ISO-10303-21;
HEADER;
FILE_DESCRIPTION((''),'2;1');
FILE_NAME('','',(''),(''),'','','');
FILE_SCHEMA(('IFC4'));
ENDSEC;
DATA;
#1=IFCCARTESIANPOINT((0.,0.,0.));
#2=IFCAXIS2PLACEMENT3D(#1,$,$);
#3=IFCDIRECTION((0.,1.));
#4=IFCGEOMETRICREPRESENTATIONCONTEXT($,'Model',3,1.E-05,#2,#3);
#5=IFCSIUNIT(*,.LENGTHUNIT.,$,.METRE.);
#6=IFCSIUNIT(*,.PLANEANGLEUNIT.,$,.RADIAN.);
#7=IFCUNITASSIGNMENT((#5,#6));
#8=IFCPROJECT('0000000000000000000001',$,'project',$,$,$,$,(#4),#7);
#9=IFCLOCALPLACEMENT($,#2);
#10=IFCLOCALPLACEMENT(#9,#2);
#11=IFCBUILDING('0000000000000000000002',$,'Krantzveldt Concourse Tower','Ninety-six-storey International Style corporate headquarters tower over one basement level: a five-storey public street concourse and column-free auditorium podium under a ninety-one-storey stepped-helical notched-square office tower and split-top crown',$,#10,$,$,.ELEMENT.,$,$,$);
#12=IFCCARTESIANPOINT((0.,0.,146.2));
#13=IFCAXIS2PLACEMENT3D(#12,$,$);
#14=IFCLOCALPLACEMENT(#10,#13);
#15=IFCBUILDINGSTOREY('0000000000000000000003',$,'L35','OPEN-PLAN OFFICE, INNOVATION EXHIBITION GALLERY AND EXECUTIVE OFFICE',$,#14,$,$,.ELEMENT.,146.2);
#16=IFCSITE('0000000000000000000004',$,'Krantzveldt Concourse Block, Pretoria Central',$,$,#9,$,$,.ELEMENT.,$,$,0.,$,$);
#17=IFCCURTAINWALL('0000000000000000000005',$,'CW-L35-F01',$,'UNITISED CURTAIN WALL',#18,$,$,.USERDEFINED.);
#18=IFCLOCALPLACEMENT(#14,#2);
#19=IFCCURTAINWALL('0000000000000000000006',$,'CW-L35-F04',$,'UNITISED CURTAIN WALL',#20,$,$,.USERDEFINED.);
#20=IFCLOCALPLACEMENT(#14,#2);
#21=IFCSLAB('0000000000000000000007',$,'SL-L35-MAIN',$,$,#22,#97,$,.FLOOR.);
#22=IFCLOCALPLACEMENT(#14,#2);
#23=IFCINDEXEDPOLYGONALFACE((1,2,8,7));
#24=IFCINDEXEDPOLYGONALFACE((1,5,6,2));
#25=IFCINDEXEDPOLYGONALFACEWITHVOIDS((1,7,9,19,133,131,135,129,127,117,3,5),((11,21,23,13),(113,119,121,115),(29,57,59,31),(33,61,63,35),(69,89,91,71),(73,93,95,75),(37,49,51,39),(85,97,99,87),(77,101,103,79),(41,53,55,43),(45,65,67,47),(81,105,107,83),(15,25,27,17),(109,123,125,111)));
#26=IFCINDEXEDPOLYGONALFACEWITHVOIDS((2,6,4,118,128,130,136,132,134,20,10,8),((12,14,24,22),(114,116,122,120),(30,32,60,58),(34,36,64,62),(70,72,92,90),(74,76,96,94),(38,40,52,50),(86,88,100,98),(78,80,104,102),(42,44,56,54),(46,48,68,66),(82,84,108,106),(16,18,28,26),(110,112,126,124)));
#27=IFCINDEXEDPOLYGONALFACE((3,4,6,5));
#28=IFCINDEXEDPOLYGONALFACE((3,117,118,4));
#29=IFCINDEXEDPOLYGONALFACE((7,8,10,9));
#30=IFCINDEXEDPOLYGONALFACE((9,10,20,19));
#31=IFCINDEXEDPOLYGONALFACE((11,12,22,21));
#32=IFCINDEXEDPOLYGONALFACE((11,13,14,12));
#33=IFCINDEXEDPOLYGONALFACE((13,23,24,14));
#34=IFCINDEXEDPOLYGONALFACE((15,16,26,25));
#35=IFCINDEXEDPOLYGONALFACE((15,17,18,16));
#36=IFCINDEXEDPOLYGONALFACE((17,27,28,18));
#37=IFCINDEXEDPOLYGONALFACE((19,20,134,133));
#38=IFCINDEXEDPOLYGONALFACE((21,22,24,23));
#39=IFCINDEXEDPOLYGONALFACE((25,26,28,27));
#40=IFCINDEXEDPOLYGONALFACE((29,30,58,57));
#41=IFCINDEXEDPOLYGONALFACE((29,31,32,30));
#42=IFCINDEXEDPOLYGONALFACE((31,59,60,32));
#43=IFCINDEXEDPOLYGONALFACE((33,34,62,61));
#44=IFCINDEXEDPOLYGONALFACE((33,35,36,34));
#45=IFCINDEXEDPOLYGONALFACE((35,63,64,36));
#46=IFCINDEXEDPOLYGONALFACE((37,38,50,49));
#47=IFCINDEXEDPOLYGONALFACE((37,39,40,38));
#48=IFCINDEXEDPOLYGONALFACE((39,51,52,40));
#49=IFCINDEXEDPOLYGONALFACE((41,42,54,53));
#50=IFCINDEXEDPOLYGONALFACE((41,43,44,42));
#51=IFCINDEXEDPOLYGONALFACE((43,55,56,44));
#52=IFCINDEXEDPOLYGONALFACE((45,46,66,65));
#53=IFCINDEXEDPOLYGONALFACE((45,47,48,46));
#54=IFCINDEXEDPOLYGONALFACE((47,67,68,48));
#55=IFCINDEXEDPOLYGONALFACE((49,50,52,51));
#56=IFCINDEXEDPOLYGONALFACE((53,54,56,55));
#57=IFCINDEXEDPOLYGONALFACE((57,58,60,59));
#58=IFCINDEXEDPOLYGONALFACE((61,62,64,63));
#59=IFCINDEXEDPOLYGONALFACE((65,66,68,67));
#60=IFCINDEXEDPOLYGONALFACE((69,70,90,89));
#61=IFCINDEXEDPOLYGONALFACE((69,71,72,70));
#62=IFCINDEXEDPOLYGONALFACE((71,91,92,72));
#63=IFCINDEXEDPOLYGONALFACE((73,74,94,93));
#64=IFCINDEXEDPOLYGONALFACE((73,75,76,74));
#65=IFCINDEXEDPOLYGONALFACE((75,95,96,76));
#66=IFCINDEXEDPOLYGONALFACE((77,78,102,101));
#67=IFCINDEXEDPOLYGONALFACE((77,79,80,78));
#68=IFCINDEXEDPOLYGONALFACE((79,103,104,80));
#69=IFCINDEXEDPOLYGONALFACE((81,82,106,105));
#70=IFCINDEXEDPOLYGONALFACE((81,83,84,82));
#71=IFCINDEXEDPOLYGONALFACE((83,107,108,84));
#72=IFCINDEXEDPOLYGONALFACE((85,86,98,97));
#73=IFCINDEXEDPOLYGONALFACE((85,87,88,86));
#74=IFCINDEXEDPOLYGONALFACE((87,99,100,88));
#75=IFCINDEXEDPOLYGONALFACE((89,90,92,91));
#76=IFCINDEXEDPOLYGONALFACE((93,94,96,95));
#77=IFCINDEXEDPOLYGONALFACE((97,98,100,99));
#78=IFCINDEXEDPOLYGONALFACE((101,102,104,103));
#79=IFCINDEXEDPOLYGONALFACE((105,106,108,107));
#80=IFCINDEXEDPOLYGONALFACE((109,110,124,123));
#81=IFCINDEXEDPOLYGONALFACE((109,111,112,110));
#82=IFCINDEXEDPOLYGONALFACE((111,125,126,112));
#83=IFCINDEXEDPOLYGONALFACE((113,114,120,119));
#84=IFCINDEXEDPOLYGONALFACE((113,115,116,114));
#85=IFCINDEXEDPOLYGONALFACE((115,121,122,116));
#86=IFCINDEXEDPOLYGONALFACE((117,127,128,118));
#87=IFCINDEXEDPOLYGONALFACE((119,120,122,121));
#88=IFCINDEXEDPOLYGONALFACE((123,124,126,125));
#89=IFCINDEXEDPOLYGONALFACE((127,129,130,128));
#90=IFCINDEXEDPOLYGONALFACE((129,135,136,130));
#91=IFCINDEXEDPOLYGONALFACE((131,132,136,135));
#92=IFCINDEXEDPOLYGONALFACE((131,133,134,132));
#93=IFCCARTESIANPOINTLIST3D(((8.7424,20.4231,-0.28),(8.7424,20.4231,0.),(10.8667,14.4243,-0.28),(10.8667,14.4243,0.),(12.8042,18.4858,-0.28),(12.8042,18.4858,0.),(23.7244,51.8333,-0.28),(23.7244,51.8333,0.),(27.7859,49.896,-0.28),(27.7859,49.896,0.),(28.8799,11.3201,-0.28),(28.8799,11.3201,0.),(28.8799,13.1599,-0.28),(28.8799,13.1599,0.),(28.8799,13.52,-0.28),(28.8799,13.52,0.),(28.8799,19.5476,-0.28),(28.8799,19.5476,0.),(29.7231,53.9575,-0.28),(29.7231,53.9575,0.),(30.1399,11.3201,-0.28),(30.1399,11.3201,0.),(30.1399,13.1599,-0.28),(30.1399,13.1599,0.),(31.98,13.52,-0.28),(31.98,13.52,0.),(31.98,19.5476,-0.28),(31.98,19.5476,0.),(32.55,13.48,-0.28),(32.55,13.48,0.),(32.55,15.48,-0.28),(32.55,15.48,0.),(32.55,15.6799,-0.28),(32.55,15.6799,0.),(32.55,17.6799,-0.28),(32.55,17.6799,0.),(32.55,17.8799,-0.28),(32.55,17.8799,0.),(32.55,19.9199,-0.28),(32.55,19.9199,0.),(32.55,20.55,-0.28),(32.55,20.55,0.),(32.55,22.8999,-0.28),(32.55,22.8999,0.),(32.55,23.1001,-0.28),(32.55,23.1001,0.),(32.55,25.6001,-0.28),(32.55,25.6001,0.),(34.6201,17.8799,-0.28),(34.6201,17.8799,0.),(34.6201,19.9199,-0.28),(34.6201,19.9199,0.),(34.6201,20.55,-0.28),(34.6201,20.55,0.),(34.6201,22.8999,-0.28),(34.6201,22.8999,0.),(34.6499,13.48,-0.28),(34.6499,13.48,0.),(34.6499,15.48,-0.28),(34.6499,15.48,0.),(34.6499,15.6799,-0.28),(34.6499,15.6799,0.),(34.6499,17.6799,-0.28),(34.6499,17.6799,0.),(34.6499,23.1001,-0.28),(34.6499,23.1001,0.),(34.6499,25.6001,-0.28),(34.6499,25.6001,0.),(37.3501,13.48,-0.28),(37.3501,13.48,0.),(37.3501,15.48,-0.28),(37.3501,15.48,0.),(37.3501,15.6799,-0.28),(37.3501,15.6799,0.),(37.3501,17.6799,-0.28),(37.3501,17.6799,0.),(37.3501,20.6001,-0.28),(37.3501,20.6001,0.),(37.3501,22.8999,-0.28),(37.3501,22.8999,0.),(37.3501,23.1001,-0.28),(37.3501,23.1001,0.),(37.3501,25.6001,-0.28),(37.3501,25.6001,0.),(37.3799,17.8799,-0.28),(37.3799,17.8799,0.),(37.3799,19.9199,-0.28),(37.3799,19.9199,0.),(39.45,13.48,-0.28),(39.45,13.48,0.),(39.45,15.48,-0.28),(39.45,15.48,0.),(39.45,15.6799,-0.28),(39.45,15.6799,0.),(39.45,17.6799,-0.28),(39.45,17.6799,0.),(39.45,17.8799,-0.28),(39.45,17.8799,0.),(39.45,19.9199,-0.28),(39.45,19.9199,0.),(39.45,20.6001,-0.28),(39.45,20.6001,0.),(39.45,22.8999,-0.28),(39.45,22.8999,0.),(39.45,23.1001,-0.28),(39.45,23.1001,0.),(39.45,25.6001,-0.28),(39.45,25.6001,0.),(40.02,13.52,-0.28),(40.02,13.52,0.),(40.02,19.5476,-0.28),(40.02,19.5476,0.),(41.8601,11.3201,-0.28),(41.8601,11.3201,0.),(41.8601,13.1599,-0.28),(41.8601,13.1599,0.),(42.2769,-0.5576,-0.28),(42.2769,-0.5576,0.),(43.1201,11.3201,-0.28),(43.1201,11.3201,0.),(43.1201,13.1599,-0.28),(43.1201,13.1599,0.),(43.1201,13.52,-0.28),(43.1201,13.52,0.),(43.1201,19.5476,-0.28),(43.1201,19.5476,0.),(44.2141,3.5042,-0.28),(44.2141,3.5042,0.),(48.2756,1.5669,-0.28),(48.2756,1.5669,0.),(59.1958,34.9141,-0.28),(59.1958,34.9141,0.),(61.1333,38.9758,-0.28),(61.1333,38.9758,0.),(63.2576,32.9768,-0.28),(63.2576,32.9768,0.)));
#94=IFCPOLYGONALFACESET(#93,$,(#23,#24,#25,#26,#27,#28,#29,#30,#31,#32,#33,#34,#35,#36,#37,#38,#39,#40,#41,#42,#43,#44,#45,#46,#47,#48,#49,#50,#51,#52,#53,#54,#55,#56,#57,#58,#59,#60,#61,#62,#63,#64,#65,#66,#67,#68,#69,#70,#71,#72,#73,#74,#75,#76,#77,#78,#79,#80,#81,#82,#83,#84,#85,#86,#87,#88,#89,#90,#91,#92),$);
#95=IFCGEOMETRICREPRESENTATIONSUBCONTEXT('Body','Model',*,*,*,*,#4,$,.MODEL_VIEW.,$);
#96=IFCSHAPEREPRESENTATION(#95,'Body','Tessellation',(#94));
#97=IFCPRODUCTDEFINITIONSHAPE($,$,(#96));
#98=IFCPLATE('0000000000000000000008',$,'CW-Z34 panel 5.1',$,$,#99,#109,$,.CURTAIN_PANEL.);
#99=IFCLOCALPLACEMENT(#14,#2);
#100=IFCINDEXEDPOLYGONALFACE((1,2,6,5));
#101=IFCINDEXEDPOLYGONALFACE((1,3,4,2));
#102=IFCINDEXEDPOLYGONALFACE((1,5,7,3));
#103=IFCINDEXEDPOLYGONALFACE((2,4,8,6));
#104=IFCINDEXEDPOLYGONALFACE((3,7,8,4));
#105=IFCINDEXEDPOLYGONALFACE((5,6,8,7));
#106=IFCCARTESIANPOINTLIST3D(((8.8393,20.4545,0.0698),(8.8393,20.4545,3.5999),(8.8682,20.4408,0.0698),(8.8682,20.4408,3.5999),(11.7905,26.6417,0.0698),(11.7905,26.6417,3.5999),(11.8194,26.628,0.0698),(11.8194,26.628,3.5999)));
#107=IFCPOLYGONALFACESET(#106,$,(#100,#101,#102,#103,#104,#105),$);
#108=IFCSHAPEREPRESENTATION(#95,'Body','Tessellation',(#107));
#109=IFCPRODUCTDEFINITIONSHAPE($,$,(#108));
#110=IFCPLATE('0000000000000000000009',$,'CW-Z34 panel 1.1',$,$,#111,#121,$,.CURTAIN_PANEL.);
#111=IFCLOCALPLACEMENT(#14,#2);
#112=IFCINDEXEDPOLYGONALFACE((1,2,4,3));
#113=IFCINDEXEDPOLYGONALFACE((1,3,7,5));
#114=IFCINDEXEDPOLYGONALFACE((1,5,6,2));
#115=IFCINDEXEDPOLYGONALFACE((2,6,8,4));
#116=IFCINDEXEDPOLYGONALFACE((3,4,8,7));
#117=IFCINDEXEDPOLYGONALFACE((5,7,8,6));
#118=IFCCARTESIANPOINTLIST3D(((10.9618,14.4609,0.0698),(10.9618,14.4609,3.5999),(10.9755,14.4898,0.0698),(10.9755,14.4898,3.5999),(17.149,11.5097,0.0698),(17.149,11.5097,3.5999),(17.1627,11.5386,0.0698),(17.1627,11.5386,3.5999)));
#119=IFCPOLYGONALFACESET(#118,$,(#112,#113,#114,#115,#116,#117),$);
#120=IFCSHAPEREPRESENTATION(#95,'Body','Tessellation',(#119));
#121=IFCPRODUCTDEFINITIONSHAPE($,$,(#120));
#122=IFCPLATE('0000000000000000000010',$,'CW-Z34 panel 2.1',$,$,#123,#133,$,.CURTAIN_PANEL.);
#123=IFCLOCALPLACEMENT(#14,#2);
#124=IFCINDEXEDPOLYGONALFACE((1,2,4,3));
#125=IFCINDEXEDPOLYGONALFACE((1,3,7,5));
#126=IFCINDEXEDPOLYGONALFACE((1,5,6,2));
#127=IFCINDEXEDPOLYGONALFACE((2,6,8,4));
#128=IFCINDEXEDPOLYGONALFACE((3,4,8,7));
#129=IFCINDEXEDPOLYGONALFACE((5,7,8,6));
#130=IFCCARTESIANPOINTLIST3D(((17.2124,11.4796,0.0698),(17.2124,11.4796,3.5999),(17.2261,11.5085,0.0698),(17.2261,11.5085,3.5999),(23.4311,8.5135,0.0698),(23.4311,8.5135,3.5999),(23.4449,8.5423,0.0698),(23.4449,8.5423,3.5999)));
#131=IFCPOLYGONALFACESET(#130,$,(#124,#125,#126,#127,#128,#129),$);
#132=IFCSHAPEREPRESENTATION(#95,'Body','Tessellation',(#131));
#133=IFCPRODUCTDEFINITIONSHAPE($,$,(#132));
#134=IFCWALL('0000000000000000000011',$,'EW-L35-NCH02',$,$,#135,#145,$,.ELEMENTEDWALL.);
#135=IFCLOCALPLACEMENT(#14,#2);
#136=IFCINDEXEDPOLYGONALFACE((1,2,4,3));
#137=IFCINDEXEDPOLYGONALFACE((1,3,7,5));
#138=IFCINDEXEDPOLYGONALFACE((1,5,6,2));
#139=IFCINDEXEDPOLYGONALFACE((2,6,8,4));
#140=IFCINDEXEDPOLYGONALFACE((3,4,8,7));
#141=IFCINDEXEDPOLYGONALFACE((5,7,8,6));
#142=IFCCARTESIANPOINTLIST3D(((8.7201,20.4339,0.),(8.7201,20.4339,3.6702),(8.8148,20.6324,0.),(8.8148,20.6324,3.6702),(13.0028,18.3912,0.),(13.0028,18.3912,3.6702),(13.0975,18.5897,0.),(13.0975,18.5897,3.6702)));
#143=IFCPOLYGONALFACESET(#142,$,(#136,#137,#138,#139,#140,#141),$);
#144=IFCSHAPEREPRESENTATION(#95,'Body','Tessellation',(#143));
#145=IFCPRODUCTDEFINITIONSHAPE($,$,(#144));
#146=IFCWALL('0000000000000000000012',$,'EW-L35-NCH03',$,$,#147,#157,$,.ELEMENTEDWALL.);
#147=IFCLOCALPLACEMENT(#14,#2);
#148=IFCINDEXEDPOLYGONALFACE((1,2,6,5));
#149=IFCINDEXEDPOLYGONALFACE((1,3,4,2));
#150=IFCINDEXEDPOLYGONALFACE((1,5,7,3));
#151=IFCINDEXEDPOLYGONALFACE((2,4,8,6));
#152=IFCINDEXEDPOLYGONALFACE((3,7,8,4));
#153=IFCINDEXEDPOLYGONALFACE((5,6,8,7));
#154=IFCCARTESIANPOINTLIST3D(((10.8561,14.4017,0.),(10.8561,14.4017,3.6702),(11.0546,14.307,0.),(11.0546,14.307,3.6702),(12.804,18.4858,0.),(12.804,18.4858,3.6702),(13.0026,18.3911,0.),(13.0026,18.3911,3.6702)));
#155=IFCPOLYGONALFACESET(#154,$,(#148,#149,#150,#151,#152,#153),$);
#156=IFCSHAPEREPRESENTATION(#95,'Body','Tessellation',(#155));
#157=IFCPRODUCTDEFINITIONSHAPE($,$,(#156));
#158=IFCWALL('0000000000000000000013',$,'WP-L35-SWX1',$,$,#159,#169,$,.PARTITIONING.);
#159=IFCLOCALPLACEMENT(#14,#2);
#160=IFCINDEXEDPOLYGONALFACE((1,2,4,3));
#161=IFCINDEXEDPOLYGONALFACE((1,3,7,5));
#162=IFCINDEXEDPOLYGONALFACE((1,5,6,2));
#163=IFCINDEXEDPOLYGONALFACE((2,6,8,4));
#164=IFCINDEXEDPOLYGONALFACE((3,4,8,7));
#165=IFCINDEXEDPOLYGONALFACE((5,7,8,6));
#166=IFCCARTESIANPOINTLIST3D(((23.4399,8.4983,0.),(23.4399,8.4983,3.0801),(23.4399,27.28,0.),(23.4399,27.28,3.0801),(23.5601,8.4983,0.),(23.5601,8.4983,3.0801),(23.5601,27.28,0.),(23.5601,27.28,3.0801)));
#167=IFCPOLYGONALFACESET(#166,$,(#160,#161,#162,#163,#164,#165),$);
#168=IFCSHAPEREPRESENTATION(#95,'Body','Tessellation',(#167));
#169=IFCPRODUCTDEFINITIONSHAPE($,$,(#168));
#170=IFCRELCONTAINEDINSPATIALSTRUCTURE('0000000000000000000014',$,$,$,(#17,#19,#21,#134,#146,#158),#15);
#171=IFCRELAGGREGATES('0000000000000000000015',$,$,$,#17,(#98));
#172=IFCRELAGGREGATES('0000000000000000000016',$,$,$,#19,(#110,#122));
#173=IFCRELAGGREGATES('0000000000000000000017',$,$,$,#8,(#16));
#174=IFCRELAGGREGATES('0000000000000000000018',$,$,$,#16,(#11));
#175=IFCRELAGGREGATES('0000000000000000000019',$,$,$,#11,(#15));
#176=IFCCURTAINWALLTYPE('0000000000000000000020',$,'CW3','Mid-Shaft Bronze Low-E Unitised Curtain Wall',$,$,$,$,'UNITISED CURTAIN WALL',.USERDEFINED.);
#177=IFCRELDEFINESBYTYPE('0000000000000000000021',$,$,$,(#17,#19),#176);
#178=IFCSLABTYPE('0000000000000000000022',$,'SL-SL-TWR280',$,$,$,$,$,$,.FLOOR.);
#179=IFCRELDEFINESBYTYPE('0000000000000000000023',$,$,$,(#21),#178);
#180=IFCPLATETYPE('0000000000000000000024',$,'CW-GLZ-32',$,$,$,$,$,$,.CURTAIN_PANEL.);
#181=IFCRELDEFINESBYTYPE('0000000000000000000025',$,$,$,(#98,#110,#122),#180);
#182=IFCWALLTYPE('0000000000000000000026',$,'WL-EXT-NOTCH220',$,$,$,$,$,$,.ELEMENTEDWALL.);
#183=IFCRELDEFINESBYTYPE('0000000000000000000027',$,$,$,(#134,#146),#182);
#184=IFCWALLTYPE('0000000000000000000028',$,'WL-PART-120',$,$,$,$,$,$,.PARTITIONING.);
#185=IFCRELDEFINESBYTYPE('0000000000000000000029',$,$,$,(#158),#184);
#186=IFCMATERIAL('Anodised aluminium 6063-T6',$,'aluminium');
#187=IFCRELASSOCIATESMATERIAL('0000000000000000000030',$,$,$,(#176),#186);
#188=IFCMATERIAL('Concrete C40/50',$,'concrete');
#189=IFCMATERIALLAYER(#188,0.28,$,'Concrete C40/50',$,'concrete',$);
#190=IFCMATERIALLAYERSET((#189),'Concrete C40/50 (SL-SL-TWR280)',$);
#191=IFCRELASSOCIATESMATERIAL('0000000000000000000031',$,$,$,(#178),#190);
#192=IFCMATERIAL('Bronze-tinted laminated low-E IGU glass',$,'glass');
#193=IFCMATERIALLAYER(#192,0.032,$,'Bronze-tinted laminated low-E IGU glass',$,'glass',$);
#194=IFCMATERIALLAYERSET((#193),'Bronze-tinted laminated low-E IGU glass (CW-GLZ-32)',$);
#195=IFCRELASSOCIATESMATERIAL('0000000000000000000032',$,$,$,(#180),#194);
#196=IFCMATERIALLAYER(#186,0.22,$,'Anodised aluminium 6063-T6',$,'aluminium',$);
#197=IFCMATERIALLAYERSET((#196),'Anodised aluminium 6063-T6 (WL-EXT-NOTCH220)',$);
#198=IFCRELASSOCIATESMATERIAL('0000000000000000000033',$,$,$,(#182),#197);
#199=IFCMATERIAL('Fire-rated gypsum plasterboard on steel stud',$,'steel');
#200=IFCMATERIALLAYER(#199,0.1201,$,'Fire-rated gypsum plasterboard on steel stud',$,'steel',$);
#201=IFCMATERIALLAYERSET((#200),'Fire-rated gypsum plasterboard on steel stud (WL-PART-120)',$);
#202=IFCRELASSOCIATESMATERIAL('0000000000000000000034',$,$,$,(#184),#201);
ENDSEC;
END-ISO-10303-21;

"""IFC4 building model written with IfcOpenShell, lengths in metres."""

from ifc_helpers import new_model, si_unit, direction, frame, frame_2d, origin, origin_2d, place, context, subcontext, project, spatial, polyline, rectangle, outline, extrude, source, transform, mapped, material, layer, layer_set, type_object, type_shapes, element, aggregate, save


model = new_model("IFC4")

# Units and contexts
model_context = context("Model", 3, precision=1e-05, world=origin(), true_north=direction((0.0, 1.0)))
body_context = subcontext(model_context, "Body", "Model", "MODEL_VIEW")
ifc_project = project(units=[si_unit("LENGTHUNIT", "METRE"), si_unit("PLANEANGLEUNIT", "RADIAN")], contexts=[model_context])

# Site, building, storey
site_placement = place(None, origin())
site = spatial("IfcSite", under=ifc_project, at=site_placement, Name="Krantzveldt Concourse Block, Pretoria Central", CompositionType="ELEMENT", RefElevation=0.0)
building_placement = place(site_placement, origin())
building = spatial("IfcBuilding", under=site, at=building_placement, Name="Krantzveldt Concourse Tower", Description="Ninety-six-storey International Style corporate headquarters tower over one basement level: a five-storey public street concourse and column-free auditorium podium under a ninety-one-storey stepped-helical notched-square office tower and split-top crown", CompositionType="ELEMENT")
storey_placement = place(building_placement, frame((0.0, 0.0, 146.2)))
storey = spatial("IfcBuildingStorey", under=building, at=storey_placement, Name="L35", Description="OPEN-PLAN OFFICE, INNOVATION EXHIBITION GALLERY AND EXECUTIVE OFFICE", CompositionType="ELEMENT", Elevation=146.2)

# Curtain wall
ifc_material_1 = material(Name="Anodised aluminium 6063-T6", Category="aluminium")
curtain_wall_type = type_object("IfcCurtainWallType", Name="CW3", Description="Mid-Shaft Bronze Low-E Unitised Curtain Wall", ElementType="UNITISED CURTAIN WALL", PredefinedType="USERDEFINED", material=ifc_material_1)
curtain_wall_1_placement = place(storey_placement, origin())
curtain_wall_1 = element("IfcCurtainWall", 1, at=curtain_wall_1_placement, inside=storey, type_object=curtain_wall_type, Name="CW-L35-F01", ObjectType="UNITISED CURTAIN WALL", PredefinedType="USERDEFINED")

# Curtain wall
curtain_wall_2_placement = place(storey_placement, origin())
curtain_wall_2 = element("IfcCurtainWall", 2, at=curtain_wall_2_placement, inside=storey, type_object=curtain_wall_type, Name="CW-L35-F04", ObjectType="UNITISED CURTAIN WALL", PredefinedType="USERDEFINED")

# Slab
ifc_material_2 = material(Name="Concrete C40/50", Category="concrete")
ifc_layer_1 = layer(ifc_material_2, 0.28, Name="Concrete C40/50", Category="concrete")
ifc_layer_set_1 = layer_set([ifc_layer_1], Name="Concrete C40/50 (SL-SL-TWR280)")
slab_type_1 = type_object("IfcSlabType", Name="SL-SL-TWR280", PredefinedType="FLOOR", material=ifc_layer_set_1)
slab_1_placement = place(storey_placement, frame((0.0, 0.0, -0.28)))
element("IfcSlab", 3, at=slab_1_placement, inside=storey, type_object=slab_type_1, Name="SL-L35-MAIN", PredefinedType="FLOOR", context=body_context, shape_type="SweptSolid", body=[
    extrude(outline(polyline([(27.7859, 49.896), (23.7244, 51.8333), (8.7424, 20.4231), (12.8042, 18.4858), (10.8667, 14.4243), (42.2769, -0.5576), (44.2141, 3.5042), (48.2756, 1.5669), (63.2576, 32.9768), (59.1958, 34.9141), (61.1333, 38.9758), (29.7231, 53.9575), (27.7859, 49.896)]), holes=[polyline([(28.8799, 19.5476), (28.8799, 13.52), (31.98, 13.52), (31.98, 19.5476), (28.8799, 19.5476)]), polyline([(40.02, 19.5476), (40.02, 13.52), (43.1201, 13.52), (43.1201, 19.5476), (40.02, 19.5476)]), polyline([(32.55, 23.1001), (34.6499, 23.1001), (34.6499, 25.6001), (32.55, 25.6001), (32.55, 23.1001)]), polyline([(37.3501, 23.1001), (39.45, 23.1001), (39.45, 25.6001), (37.3501, 25.6001), (37.3501, 23.1001)]), polyline([(37.3501, 20.6001), (39.45, 20.6001), (39.45, 22.8999), (37.3501, 22.8999), (37.3501, 20.6001)]), polyline([(32.55, 13.48), (34.6499, 13.48), (34.6499, 15.48), (32.55, 15.48), (32.55, 13.48)]), polyline([(32.55, 15.6799), (34.6499, 15.6799), (34.6499, 17.6799), (32.55, 17.6799), (32.55, 15.6799)]), polyline([(37.3501, 13.48), (39.45, 13.48), (39.45, 15.48), (37.3501, 15.48), (37.3501, 13.48)]), polyline([(37.3501, 15.6799), (39.45, 15.6799), (39.45, 17.6799), (37.3501, 17.6799), (37.3501, 15.6799)]), polyline([(32.55, 20.55), (34.6201, 20.55), (34.6201, 22.8999), (32.55, 22.8999), (32.55, 20.55)]), polyline([(32.55, 17.8799), (34.6201, 17.8799), (34.6201, 19.9199), (32.55, 19.9199), (32.55, 17.8799)]), polyline([(37.3799, 17.8799), (39.45, 17.8799), (39.45, 19.9199), (37.3799, 19.9199), (37.3799, 17.8799)]), polyline([(28.8799, 11.3201), (30.1399, 11.3201), (30.1399, 13.1599), (28.8799, 13.1599), (28.8799, 11.3201)]), polyline([(41.8601, 11.3201), (43.1201, 11.3201), (43.1201, 13.1599), (41.8601, 13.1599), (41.8601, 11.3201)])]), origin(), (0.0, 0.0, 1.0), 0.28),
])

# Plates
ifc_material_3 = material(Name="Bronze-tinted laminated low-E IGU glass", Category="glass")
ifc_layer_2 = layer(ifc_material_3, 0.032, Name="Bronze-tinted laminated low-E IGU glass", Category="glass")
ifc_layer_set_2 = layer_set([ifc_layer_2], Name="Bronze-tinted laminated low-E IGU glass (CW-GLZ-32)")
plate_type = type_object("IfcPlateType", Name="CW-GLZ-32", PredefinedType="CURTAIN_PANEL", material=ifc_layer_set_2)
shared_shape_1 = source(origin(), body_context, "Body", "SweptSolid", [
    extrude(rectangle(XDim=6.855, YDim=0.032, at=origin_2d()), origin(), (0.0, 0.0, 1.0), 3.53),
])
plate_1_placement = place(storey_placement, frame((10.3293, 23.5413, 0.0698), z_axis=(0.0, 0.0, 1.0), x_axis=(-0.430511, -0.902585, 0.0)))
plate_1 = element("IfcPlate", 4, at=plate_1_placement, type_object=plate_type, Name="CW-Z34 panel 5.1", PredefinedType="CURTAIN_PANEL", context=body_context, shape_type="MappedRepresentation", body=[
    mapped(shared_shape_1, transform((0.0, 0.0, 0.0), x_axis=(1.0, 0.0, 0.0), y_axis=(0.0, 1.0, 0.0), z_axis=(0.0, 0.0, 1.0), scale=1.0)),
])
aggregate(curtain_wall_1, [plate_1])
plate_2_placement = place(storey_placement, frame((14.0623, 12.9998, 0.0698), z_axis=(0.0, 0.0, 1.0), x_axis=(0.902585, -0.430511, 0.0)))
plate_2 = element("IfcPlate", 5, at=plate_2_placement, type_object=plate_type, Name="CW-Z34 panel 1.1", PredefinedType="CURTAIN_PANEL", context=body_context, shape_type="MappedRepresentation", body=[
    mapped(shared_shape_1, transform((0.0, 0.0, 0.0), x_axis=(1.0, 0.0, 0.0), y_axis=(0.0, 1.0, 0.0), z_axis=(0.0, 0.0, 1.0), scale=1.0)),
])
shared_shape_2 = source(origin(), body_context, "Body", "SweptSolid", [
    extrude(rectangle(XDim=6.8899, YDim=0.032, at=origin_2d()), origin(), (0.0, 0.0, 1.0), 3.53),
])
type_shapes(plate_type, [shared_shape_1, shared_shape_2])
plate_3_placement = place(storey_placement, frame((20.3286, 10.011, 0.0698), z_axis=(0.0, 0.0, 1.0), x_axis=(0.902585, -0.430511, 0.0)))
plate_3 = element("IfcPlate", 6, at=plate_3_placement, type_object=plate_type, Name="CW-Z34 panel 2.1", PredefinedType="CURTAIN_PANEL", context=body_context, shape_type="MappedRepresentation", body=[
    mapped(shared_shape_2, transform((0.0, 0.0, 0.0), x_axis=(1.0, 0.0, 0.0), y_axis=(0.0, 1.0, 0.0), z_axis=(0.0, 0.0, 1.0), scale=1.0)),
])
aggregate(curtain_wall_2, [plate_2, plate_3])

# Walls
ifc_layer_3 = layer(ifc_material_1, 0.22, Name="Anodised aluminium 6063-T6", Category="aluminium")
ifc_layer_set_3 = layer_set([ifc_layer_3], Name="Anodised aluminium 6063-T6 (WL-EXT-NOTCH220)")
wall_type_1 = type_object("IfcWallType", Name="WL-EXT-NOTCH220", PredefinedType="ELEMENTEDWALL", material=ifc_layer_set_3)
wall_1_placement = place(storey_placement, frame((8.7673, 20.5332, 0.0), z_axis=(0.0, 0.0, 1.0), x_axis=(0.902587, -0.430507, 0.0)))
element("IfcWall", 7, at=wall_1_placement, inside=storey, type_object=wall_type_1, Name="EW-L35-NCH02", PredefinedType="ELEMENTEDWALL", context=body_context, shape_type="SweptSolid", body=[
    extrude(rectangle(XDim=4.7449, YDim=0.22, at=frame_2d((2.3726, 0.0))), origin(), (0.0, 0.0, 1.0), 3.6702),
])
wall_2_placement = place(storey_placement, frame((12.9033, 18.4385, 0.0), z_axis=(0.0, 0.0, 1.0), x_axis=(-0.430497, -0.902592, 0.0)))
element("IfcWall", 8, at=wall_2_placement, inside=storey, type_object=wall_type_1, Name="EW-L35-NCH03", PredefinedType="ELEMENTEDWALL", context=body_context, shape_type="SweptSolid", body=[
    extrude(rectangle(XDim=4.5249, YDim=0.22, at=frame_2d((2.2625, 0.0))), origin(), (0.0, 0.0, 1.0), 3.6702),
])
ifc_material_4 = material(Name="Fire-rated gypsum plasterboard on steel stud", Category="steel")
ifc_layer_4 = layer(ifc_material_4, 0.1201, Name="Fire-rated gypsum plasterboard on steel stud", Category="steel")
ifc_layer_set_4 = layer_set([ifc_layer_4], Name="Fire-rated gypsum plasterboard on steel stud (WL-PART-120)")
wall_type_2 = type_object("IfcWallType", Name="WL-PART-120", PredefinedType="PARTITIONING", material=ifc_layer_set_4)
wall_3_placement = place(storey_placement, frame((23.5, 8.4983, 0.0), z_axis=(0.0, 0.0, 1.0), x_axis=(0.0, 1.0, 0.0)))
element("IfcWall", 9, at=wall_3_placement, inside=storey, type_object=wall_type_2, Name="WP-L35-SWX1", PredefinedType="PARTITIONING", context=body_context, shape_type="SweptSolid", body=[
    extrude(rectangle(XDim=18.7817, YDim=0.1201, at=frame_2d((9.3909, 0.0))), origin(), (0.0, 0.0, 1.0), 3.0801),
])

save(model, "model.ifc")
